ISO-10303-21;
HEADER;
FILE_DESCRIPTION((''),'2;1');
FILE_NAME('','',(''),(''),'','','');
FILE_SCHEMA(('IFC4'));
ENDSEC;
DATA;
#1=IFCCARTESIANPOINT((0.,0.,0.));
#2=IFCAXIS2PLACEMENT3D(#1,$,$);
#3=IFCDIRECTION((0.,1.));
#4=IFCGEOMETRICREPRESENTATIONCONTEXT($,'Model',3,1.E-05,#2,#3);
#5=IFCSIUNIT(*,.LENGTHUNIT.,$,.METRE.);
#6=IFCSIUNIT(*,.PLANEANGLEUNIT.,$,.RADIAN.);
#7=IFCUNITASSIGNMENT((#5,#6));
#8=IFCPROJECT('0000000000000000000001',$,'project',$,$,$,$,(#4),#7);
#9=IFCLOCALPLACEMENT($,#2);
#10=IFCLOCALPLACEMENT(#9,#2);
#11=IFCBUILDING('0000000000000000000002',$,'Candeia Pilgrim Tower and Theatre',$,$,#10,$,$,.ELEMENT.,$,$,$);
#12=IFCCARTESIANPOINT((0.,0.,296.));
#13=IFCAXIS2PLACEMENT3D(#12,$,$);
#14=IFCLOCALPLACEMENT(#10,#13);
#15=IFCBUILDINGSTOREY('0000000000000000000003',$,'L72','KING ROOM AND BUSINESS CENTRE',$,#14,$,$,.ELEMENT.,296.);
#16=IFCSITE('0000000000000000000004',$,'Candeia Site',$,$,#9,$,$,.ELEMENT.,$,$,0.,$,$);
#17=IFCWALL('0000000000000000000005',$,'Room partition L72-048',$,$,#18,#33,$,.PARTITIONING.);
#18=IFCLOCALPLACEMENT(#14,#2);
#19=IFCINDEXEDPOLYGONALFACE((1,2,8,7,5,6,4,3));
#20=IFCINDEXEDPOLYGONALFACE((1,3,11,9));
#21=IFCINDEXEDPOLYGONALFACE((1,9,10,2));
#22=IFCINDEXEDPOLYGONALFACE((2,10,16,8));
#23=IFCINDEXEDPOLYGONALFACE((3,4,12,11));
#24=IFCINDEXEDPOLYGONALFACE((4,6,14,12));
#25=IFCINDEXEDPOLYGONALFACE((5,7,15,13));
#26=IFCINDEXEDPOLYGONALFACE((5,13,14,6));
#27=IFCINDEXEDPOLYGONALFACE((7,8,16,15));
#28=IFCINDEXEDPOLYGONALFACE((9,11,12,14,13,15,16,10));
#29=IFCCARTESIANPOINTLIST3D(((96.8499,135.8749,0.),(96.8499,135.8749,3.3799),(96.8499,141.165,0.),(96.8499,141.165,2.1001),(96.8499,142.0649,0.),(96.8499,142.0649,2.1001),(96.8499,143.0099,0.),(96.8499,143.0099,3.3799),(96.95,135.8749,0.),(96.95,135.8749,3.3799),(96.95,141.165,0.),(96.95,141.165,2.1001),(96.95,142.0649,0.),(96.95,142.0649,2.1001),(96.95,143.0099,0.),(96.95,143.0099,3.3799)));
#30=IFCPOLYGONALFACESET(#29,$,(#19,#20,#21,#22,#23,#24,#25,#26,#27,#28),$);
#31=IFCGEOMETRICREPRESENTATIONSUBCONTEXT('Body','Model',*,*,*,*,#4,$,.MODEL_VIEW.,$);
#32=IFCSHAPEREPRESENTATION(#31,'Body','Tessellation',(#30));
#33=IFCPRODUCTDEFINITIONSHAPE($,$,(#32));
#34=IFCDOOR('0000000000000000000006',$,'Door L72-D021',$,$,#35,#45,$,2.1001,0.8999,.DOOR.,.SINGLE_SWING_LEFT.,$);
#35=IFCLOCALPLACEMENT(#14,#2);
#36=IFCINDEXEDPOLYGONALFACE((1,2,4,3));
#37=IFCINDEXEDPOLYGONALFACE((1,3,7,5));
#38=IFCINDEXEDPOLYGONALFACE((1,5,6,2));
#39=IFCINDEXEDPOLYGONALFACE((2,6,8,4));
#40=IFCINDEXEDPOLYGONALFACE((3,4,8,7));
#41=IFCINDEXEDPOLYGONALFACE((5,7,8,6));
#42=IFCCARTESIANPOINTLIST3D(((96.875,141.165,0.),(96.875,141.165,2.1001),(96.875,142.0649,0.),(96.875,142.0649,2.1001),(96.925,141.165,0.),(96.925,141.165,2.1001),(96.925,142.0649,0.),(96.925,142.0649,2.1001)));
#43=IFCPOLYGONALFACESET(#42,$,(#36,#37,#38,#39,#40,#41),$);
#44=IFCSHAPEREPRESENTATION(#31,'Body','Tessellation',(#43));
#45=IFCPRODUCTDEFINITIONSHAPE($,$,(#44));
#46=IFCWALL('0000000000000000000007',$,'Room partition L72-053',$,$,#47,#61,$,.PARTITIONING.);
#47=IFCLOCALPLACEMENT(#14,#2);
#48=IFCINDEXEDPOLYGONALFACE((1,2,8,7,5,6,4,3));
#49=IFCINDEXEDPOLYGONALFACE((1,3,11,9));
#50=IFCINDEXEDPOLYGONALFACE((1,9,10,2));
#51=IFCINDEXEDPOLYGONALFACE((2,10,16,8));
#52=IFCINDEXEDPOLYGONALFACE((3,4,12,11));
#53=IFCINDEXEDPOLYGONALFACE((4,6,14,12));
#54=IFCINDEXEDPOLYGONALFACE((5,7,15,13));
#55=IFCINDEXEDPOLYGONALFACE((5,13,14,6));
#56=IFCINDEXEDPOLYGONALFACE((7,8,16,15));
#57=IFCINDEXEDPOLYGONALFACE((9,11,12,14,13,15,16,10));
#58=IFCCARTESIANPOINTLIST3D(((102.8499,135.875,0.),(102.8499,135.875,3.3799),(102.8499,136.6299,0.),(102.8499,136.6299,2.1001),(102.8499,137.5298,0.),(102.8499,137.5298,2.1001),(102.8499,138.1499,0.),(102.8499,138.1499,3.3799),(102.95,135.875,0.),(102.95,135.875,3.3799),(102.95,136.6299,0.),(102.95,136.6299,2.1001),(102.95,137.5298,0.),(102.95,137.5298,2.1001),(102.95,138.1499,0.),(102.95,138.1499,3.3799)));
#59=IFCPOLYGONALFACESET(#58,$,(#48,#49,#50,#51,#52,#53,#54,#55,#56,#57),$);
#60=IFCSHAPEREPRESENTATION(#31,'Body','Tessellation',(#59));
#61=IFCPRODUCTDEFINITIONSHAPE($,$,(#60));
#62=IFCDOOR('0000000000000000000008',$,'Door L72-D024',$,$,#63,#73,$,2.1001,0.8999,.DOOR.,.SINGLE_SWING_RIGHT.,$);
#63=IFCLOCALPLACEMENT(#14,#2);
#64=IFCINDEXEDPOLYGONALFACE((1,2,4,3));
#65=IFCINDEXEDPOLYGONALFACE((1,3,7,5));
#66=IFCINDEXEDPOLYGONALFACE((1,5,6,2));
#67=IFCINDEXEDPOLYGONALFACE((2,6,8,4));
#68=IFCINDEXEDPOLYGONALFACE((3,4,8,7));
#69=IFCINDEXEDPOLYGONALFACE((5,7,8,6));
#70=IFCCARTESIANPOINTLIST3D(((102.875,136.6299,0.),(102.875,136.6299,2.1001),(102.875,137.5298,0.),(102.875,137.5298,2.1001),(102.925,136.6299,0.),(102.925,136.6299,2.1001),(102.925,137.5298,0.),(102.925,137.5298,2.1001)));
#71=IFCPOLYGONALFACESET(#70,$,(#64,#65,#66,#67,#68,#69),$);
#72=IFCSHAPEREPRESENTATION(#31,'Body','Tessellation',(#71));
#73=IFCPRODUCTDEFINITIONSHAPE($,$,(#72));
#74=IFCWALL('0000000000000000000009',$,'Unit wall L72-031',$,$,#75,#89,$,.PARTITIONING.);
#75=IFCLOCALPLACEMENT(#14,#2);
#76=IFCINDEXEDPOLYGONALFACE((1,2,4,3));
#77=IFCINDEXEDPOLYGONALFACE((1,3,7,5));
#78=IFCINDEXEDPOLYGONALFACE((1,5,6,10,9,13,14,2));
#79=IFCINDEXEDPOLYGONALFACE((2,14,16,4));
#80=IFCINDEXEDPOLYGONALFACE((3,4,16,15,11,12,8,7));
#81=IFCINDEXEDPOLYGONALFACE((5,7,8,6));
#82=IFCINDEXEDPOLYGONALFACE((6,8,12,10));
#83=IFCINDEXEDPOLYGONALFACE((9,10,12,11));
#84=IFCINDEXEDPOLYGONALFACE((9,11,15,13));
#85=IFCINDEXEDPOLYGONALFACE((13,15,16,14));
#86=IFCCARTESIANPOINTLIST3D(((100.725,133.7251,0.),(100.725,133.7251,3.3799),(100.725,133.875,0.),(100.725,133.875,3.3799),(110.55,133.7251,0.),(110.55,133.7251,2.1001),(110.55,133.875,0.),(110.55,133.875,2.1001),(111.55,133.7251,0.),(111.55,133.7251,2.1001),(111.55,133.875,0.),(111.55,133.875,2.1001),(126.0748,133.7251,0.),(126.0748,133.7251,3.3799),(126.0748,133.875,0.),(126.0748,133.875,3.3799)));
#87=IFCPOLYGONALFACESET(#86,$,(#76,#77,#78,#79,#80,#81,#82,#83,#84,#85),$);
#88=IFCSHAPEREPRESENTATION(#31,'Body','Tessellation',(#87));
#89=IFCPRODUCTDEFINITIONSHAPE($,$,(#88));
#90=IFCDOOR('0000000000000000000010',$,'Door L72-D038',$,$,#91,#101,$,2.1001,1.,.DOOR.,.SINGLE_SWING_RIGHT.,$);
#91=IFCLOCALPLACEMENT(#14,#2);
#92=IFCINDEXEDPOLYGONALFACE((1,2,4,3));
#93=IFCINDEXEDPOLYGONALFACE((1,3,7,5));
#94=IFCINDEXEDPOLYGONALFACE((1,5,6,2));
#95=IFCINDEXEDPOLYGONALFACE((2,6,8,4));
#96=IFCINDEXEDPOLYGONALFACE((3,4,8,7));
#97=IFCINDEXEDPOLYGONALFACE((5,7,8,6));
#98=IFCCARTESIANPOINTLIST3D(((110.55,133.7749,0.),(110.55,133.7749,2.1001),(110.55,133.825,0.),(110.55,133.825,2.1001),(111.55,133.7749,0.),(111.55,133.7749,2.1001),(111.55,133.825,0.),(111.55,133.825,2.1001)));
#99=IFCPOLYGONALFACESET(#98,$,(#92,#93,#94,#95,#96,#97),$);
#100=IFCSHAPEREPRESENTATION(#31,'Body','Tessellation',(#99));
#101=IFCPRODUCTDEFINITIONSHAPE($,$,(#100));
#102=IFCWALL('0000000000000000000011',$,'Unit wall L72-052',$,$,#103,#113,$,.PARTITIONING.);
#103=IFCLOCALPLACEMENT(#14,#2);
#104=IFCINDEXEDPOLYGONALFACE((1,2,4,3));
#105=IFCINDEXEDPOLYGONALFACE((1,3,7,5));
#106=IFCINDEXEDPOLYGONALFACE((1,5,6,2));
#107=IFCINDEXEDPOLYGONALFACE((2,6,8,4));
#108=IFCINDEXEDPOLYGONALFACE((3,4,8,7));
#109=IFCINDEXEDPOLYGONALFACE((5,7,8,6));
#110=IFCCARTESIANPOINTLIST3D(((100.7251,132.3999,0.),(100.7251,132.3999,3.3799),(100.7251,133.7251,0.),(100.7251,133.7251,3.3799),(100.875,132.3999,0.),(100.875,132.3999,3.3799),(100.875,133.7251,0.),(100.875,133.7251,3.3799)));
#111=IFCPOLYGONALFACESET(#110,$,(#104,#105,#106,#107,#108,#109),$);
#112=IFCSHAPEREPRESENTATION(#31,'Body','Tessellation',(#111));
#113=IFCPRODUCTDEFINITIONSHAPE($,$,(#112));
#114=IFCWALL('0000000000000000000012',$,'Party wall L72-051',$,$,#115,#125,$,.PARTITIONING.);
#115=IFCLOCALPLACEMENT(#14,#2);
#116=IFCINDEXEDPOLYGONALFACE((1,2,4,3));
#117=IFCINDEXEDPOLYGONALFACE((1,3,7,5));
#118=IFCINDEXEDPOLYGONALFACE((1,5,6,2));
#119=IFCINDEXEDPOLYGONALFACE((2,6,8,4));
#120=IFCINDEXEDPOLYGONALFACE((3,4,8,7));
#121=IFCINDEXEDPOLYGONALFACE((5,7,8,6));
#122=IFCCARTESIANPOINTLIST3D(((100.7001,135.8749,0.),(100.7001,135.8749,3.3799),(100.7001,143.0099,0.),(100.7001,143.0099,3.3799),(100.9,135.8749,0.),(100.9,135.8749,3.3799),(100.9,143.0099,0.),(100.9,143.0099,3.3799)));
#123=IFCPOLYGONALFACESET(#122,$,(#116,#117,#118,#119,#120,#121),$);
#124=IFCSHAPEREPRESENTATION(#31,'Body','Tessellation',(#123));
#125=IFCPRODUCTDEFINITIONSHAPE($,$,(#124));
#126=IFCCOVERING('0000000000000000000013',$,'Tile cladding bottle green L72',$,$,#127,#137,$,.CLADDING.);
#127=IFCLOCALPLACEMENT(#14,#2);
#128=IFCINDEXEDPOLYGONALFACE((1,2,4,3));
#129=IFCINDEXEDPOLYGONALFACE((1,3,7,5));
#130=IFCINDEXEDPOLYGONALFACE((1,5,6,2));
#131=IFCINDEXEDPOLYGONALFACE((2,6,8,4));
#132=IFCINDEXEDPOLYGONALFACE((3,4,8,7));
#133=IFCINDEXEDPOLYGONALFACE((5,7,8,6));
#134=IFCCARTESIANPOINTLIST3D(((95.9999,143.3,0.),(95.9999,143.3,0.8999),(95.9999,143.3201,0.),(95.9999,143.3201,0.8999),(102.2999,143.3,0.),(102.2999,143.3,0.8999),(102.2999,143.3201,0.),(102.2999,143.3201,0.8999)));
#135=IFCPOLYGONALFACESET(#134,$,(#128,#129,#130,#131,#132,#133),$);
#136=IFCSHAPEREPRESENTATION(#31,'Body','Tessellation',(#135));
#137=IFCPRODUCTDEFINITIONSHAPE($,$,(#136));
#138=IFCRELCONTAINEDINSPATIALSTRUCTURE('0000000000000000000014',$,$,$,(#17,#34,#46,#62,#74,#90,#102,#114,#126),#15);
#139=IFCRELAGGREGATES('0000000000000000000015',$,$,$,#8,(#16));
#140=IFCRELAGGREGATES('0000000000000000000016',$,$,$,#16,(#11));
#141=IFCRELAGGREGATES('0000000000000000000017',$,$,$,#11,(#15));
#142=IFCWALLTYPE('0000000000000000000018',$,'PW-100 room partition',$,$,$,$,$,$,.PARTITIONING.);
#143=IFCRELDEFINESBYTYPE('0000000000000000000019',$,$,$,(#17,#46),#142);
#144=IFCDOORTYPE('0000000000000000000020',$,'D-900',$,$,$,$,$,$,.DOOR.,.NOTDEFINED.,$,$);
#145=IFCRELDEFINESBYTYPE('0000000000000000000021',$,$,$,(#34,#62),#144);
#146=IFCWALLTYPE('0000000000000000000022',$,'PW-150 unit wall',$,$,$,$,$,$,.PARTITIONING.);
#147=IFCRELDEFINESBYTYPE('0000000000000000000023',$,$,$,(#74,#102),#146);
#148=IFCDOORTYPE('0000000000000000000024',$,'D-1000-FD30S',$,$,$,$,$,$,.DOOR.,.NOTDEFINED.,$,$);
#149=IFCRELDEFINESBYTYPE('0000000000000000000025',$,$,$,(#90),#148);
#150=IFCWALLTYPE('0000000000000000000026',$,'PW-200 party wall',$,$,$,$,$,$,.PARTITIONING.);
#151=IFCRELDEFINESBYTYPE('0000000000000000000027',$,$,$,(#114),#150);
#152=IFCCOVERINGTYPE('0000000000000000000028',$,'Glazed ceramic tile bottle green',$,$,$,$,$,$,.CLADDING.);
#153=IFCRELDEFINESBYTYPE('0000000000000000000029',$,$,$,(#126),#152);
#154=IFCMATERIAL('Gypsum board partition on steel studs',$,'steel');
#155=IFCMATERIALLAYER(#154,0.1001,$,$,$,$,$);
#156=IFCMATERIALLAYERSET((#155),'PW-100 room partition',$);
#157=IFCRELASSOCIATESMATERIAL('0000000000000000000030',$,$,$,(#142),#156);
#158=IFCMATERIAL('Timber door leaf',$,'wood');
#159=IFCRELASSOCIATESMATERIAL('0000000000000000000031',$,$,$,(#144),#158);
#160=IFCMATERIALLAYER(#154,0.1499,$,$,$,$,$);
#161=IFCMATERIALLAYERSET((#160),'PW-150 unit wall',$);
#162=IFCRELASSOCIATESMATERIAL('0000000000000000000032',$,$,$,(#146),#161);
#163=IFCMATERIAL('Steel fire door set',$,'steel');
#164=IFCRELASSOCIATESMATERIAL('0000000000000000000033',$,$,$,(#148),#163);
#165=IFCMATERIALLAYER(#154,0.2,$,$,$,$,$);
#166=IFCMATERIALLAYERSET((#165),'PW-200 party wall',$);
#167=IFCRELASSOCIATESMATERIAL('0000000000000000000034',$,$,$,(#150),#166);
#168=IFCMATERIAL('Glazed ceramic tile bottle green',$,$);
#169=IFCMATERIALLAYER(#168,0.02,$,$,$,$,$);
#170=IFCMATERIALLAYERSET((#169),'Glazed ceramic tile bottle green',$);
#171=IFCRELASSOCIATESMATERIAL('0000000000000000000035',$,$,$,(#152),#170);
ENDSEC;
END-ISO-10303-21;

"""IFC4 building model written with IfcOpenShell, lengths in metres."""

from ifc_helpers import new_model, si_unit, direction, frame, frame_2d, origin, origin_2d, place, context, subcontext, project, spatial, rectangle, extrude, material, layer, layer_set, type_object, element, fill, save


model = new_model("IFC4")

# Units and contexts
model_context = context("Model", 3, precision=1e-05, world=origin(), true_north=direction((0.0, 1.0)))
body_context = subcontext(model_context, "Body", "Model", "MODEL_VIEW")
ifc_project = project(units=[si_unit("LENGTHUNIT", "METRE"), si_unit("PLANEANGLEUNIT", "RADIAN")], contexts=[model_context])

# Site, building, storey
site_placement = place(None, origin())
site = spatial("IfcSite", under=ifc_project, at=site_placement, Name="Candeia Site", CompositionType="ELEMENT", RefElevation=0.0)
building_placement = place(site_placement, origin())
building = spatial("IfcBuilding", under=site, at=building_placement, Name="Candeia Pilgrim Tower and Theatre", CompositionType="ELEMENT")
storey_placement = place(building_placement, frame((0.0, 0.0, 296.0)))
storey = spatial("IfcBuildingStorey", under=building, at=storey_placement, Name="L72", Description="KING ROOM AND BUSINESS CENTRE", CompositionType="ELEMENT", Elevation=296.0)

# Shared definitions
ifc_material_1 = material(Name="Steel fire door set", Category="steel")

# Shared definitions
ifc_material_2 = material(Name="Gypsum board partition on steel studs", Category="steel")
ifc_layer_1 = layer(ifc_material_2, 0.1001)
ifc_layer_set_1 = layer_set([ifc_layer_1], Name="PW-100 room partition")
wall_type_1 = type_object("IfcWallType", Name="PW-100 room partition", PredefinedType="PARTITIONING", material=ifc_layer_set_1)

# Walls, openings, doors
wall_1_placement = place(storey_placement, frame((96.8999, 135.875, 0.0), z_axis=(0.0, 0.0, 1.0), x_axis=(0.0, 1.0, 0.0)))
wall_1 = element("IfcWall", 1, at=wall_1_placement, inside=storey, type_object=wall_type_1, Name="Room partition L72-048", PredefinedType="PARTITIONING", context=body_context, shape_type="SweptSolid", body=[
    extrude(rectangle(XDim=7.135, YDim=0.1001, at=frame_2d((3.5674, 0.0))), origin(), (0.0, 0.0, 1.0), 3.3799),
])
opening_1_placement = place(wall_1_placement, frame((5.29, 0.0, 0.0)))
opening_1 = element("IfcOpeningElement", 2, at=opening_1_placement, cuts=wall_1, PredefinedType="OPENING", context=body_context, shape_type="SweptSolid", body=[
    extrude(rectangle(XDim=0.8999, YDim=2.1001, at=frame_2d((0.45, 1.05))), frame((0.0, 0.0601, 0.0), z_axis=(0.0, -1.0, 0.0), x_axis=(1.0, 0.0, 0.0)), (0.0, 0.0, 1.0), 0.1201),
])
ifc_material_3 = material(Name="Timber door leaf", Category="wood")
door_type_1 = type_object("IfcDoorType", Name="D-900", OperationType="NOTDEFINED", PredefinedType="DOOR", material=ifc_material_3)
door_1_placement = place(opening_1_placement, origin())
door_1 = element("IfcDoor", 3, at=door_1_placement, inside=storey, type_object=door_type_1, Name="Door L72-D021", OperationType="SINGLE_SWING_LEFT", OverallHeight=2.1001, OverallWidth=0.8999, PredefinedType="DOOR", context=body_context, shape_type="SweptSolid", body=[
    extrude(rectangle(XDim=0.8999, YDim=2.1001, at=frame_2d((0.45, 1.05))), frame((0.0, 0.0249, 0.0), z_axis=(0.0, -1.0, 0.0), x_axis=(1.0, 0.0, 0.0)), (0.0, 0.0, 1.0), 0.05),
])
fill(opening_1, door_1)
wall_2_placement = place(storey_placement, frame((102.8999, 135.875, 0.0), z_axis=(0.0, 0.0, 1.0), x_axis=(0.0, 1.0, 0.0)))
wall_2 = element("IfcWall", 4, at=wall_2_placement, inside=storey, type_object=wall_type_1, Name="Room partition L72-053", PredefinedType="PARTITIONING", context=body_context, shape_type="SweptSolid", body=[
    extrude(rectangle(XDim=2.2749, YDim=0.1001, at=frame_2d((1.1375, 0.0))), origin(), (0.0, 0.0, 1.0), 3.3799),
])
opening_2_placement = place(wall_2_placement, frame((0.7549, 0.0, 0.0)))
opening_2 = element("IfcOpeningElement", 5, at=opening_2_placement, cuts=wall_2, PredefinedType="OPENING", context=body_context, shape_type="SweptSolid", body=[
    extrude(rectangle(XDim=0.8999, YDim=2.1001, at=frame_2d((0.45, 1.05))), frame((0.0, 0.0601, 0.0), z_axis=(0.0, -1.0, 0.0), x_axis=(1.0, 0.0, 0.0)), (0.0, 0.0, 1.0), 0.1201),
])
door_2_placement = place(opening_2_placement, origin())
door_2 = element("IfcDoor", 6, at=door_2_placement, inside=storey, type_object=door_type_1, Name="Door L72-D024", OperationType="SINGLE_SWING_RIGHT", OverallHeight=2.1001, OverallWidth=0.8999, PredefinedType="DOOR", context=body_context, shape_type="SweptSolid", body=[
    extrude(rectangle(XDim=0.8999, YDim=2.1001, at=frame_2d((0.45, 1.05))), frame((0.0, 0.0249, 0.0), z_axis=(0.0, -1.0, 0.0), x_axis=(1.0, 0.0, 0.0)), (0.0, 0.0, 1.0), 0.05),
])
fill(opening_2, door_2)
ifc_layer_2 = layer(ifc_material_2, 0.1499)
ifc_layer_set_2 = layer_set([ifc_layer_2], Name="PW-150 unit wall")
wall_type_2 = type_object("IfcWallType", Name="PW-150 unit wall", PredefinedType="PARTITIONING", material=ifc_layer_set_2)
wall_3_placement = place(storey_placement, frame((100.7251, 133.8, 0.0), z_axis=(0.0, 0.0, 1.0), x_axis=(1.0, 0.0, 0.0)))
wall_3 = element("IfcWall", 7, at=wall_3_placement, inside=storey, type_object=wall_type_2, Name="Unit wall L72-031", PredefinedType="PARTITIONING", context=body_context, shape_type="SweptSolid", body=[
    extrude(rectangle(XDim=25.3499, YDim=0.1499, at=frame_2d((12.6748, 0.0))), origin(), (0.0, 0.0, 1.0), 3.3799),
])
opening_3_placement = place(wall_3_placement, frame((9.825, 0.0, 0.0)))
opening_3 = element("IfcOpeningElement", 8, at=opening_3_placement, cuts=wall_3, PredefinedType="OPENING", context=body_context, shape_type="SweptSolid", body=[
    extrude(rectangle(XDim=1.0, YDim=2.1001, at=frame_2d((0.5, 1.05))), frame((0.0, 0.085, 0.0), z_axis=(0.0, -1.0, 0.0), x_axis=(1.0, 0.0, 0.0)), (0.0, 0.0, 1.0), 0.1699),
])
door_type_2 = type_object("IfcDoorType", Name="D-1000-FD30S", OperationType="NOTDEFINED", PredefinedType="DOOR", material=ifc_material_1)
door_3_placement = place(opening_3_placement, origin())
door_3 = element("IfcDoor", 9, at=door_3_placement, inside=storey, type_object=door_type_2, Name="Door L72-D038", OperationType="SINGLE_SWING_RIGHT", OverallHeight=2.1001, OverallWidth=1.0, PredefinedType="DOOR", context=body_context, shape_type="SweptSolid", body=[
    extrude(rectangle(XDim=1.0, YDim=2.1001, at=frame_2d((0.5, 1.05))), frame((0.0, 0.0249, 0.0), z_axis=(0.0, -1.0, 0.0), x_axis=(1.0, 0.0, 0.0)), (0.0, 0.0, 1.0), 0.05),
])
fill(opening_3, door_3)

# Walls
wall_4_placement = place(storey_placement, frame((100.8, 132.3999, 0.0), z_axis=(0.0, 0.0, 1.0), x_axis=(0.0, 1.0, 0.0)))
element("IfcWall", 10, at=wall_4_placement, inside=storey, type_object=wall_type_2, Name="Unit wall L72-052", PredefinedType="PARTITIONING", context=body_context, shape_type="SweptSolid", body=[
    extrude(rectangle(XDim=1.3252, YDim=0.1499, at=frame_2d((0.6626, 0.0))), origin(), (0.0, 0.0, 1.0), 3.3799),
])
ifc_layer_3 = layer(ifc_material_2, 0.2)
ifc_layer_set_3 = layer_set([ifc_layer_3], Name="PW-200 party wall")
wall_type_3 = type_object("IfcWallType", Name="PW-200 party wall", PredefinedType="PARTITIONING", material=ifc_layer_set_3)
wall_5_placement = place(storey_placement, frame((100.8, 135.875, 0.0), z_axis=(0.0, 0.0, 1.0), x_axis=(0.0, 1.0, 0.0)))
element("IfcWall", 11, at=wall_5_placement, inside=storey, type_object=wall_type_3, Name="Party wall L72-051", PredefinedType="PARTITIONING", context=body_context, shape_type="SweptSolid", body=[
    extrude(rectangle(XDim=7.135, YDim=0.2, at=frame_2d((3.5674, 0.0))), origin(), (0.0, 0.0, 1.0), 3.3799),
])

# Covering
ifc_material_4 = material(Name="Glazed ceramic tile bottle green")
ifc_layer_4 = layer(ifc_material_4, 0.02)
ifc_layer_set_4 = layer_set([ifc_layer_4], Name="Glazed ceramic tile bottle green")
covering_type = type_object("IfcCoveringType", Name="Glazed ceramic tile bottle green", PredefinedType="CLADDING", material=ifc_layer_set_4)
covering_placement = place(storey_placement, frame((99.1499, 143.3101, 0.0), z_axis=(0.0, 0.0, 1.0), x_axis=(-1.0, 0.0, 0.0)))
element("IfcCovering", 12, at=covering_placement, inside=storey, type_object=covering_type, Name="Tile cladding bottle green L72", PredefinedType="CLADDING", context=body_context, shape_type="SweptSolid", body=[
    extrude(rectangle(XDim=6.3, YDim=0.02, at=origin_2d()), origin(), (0.0, 0.0, 1.0), 0.8999),
])

save(model, "model.ifc")
